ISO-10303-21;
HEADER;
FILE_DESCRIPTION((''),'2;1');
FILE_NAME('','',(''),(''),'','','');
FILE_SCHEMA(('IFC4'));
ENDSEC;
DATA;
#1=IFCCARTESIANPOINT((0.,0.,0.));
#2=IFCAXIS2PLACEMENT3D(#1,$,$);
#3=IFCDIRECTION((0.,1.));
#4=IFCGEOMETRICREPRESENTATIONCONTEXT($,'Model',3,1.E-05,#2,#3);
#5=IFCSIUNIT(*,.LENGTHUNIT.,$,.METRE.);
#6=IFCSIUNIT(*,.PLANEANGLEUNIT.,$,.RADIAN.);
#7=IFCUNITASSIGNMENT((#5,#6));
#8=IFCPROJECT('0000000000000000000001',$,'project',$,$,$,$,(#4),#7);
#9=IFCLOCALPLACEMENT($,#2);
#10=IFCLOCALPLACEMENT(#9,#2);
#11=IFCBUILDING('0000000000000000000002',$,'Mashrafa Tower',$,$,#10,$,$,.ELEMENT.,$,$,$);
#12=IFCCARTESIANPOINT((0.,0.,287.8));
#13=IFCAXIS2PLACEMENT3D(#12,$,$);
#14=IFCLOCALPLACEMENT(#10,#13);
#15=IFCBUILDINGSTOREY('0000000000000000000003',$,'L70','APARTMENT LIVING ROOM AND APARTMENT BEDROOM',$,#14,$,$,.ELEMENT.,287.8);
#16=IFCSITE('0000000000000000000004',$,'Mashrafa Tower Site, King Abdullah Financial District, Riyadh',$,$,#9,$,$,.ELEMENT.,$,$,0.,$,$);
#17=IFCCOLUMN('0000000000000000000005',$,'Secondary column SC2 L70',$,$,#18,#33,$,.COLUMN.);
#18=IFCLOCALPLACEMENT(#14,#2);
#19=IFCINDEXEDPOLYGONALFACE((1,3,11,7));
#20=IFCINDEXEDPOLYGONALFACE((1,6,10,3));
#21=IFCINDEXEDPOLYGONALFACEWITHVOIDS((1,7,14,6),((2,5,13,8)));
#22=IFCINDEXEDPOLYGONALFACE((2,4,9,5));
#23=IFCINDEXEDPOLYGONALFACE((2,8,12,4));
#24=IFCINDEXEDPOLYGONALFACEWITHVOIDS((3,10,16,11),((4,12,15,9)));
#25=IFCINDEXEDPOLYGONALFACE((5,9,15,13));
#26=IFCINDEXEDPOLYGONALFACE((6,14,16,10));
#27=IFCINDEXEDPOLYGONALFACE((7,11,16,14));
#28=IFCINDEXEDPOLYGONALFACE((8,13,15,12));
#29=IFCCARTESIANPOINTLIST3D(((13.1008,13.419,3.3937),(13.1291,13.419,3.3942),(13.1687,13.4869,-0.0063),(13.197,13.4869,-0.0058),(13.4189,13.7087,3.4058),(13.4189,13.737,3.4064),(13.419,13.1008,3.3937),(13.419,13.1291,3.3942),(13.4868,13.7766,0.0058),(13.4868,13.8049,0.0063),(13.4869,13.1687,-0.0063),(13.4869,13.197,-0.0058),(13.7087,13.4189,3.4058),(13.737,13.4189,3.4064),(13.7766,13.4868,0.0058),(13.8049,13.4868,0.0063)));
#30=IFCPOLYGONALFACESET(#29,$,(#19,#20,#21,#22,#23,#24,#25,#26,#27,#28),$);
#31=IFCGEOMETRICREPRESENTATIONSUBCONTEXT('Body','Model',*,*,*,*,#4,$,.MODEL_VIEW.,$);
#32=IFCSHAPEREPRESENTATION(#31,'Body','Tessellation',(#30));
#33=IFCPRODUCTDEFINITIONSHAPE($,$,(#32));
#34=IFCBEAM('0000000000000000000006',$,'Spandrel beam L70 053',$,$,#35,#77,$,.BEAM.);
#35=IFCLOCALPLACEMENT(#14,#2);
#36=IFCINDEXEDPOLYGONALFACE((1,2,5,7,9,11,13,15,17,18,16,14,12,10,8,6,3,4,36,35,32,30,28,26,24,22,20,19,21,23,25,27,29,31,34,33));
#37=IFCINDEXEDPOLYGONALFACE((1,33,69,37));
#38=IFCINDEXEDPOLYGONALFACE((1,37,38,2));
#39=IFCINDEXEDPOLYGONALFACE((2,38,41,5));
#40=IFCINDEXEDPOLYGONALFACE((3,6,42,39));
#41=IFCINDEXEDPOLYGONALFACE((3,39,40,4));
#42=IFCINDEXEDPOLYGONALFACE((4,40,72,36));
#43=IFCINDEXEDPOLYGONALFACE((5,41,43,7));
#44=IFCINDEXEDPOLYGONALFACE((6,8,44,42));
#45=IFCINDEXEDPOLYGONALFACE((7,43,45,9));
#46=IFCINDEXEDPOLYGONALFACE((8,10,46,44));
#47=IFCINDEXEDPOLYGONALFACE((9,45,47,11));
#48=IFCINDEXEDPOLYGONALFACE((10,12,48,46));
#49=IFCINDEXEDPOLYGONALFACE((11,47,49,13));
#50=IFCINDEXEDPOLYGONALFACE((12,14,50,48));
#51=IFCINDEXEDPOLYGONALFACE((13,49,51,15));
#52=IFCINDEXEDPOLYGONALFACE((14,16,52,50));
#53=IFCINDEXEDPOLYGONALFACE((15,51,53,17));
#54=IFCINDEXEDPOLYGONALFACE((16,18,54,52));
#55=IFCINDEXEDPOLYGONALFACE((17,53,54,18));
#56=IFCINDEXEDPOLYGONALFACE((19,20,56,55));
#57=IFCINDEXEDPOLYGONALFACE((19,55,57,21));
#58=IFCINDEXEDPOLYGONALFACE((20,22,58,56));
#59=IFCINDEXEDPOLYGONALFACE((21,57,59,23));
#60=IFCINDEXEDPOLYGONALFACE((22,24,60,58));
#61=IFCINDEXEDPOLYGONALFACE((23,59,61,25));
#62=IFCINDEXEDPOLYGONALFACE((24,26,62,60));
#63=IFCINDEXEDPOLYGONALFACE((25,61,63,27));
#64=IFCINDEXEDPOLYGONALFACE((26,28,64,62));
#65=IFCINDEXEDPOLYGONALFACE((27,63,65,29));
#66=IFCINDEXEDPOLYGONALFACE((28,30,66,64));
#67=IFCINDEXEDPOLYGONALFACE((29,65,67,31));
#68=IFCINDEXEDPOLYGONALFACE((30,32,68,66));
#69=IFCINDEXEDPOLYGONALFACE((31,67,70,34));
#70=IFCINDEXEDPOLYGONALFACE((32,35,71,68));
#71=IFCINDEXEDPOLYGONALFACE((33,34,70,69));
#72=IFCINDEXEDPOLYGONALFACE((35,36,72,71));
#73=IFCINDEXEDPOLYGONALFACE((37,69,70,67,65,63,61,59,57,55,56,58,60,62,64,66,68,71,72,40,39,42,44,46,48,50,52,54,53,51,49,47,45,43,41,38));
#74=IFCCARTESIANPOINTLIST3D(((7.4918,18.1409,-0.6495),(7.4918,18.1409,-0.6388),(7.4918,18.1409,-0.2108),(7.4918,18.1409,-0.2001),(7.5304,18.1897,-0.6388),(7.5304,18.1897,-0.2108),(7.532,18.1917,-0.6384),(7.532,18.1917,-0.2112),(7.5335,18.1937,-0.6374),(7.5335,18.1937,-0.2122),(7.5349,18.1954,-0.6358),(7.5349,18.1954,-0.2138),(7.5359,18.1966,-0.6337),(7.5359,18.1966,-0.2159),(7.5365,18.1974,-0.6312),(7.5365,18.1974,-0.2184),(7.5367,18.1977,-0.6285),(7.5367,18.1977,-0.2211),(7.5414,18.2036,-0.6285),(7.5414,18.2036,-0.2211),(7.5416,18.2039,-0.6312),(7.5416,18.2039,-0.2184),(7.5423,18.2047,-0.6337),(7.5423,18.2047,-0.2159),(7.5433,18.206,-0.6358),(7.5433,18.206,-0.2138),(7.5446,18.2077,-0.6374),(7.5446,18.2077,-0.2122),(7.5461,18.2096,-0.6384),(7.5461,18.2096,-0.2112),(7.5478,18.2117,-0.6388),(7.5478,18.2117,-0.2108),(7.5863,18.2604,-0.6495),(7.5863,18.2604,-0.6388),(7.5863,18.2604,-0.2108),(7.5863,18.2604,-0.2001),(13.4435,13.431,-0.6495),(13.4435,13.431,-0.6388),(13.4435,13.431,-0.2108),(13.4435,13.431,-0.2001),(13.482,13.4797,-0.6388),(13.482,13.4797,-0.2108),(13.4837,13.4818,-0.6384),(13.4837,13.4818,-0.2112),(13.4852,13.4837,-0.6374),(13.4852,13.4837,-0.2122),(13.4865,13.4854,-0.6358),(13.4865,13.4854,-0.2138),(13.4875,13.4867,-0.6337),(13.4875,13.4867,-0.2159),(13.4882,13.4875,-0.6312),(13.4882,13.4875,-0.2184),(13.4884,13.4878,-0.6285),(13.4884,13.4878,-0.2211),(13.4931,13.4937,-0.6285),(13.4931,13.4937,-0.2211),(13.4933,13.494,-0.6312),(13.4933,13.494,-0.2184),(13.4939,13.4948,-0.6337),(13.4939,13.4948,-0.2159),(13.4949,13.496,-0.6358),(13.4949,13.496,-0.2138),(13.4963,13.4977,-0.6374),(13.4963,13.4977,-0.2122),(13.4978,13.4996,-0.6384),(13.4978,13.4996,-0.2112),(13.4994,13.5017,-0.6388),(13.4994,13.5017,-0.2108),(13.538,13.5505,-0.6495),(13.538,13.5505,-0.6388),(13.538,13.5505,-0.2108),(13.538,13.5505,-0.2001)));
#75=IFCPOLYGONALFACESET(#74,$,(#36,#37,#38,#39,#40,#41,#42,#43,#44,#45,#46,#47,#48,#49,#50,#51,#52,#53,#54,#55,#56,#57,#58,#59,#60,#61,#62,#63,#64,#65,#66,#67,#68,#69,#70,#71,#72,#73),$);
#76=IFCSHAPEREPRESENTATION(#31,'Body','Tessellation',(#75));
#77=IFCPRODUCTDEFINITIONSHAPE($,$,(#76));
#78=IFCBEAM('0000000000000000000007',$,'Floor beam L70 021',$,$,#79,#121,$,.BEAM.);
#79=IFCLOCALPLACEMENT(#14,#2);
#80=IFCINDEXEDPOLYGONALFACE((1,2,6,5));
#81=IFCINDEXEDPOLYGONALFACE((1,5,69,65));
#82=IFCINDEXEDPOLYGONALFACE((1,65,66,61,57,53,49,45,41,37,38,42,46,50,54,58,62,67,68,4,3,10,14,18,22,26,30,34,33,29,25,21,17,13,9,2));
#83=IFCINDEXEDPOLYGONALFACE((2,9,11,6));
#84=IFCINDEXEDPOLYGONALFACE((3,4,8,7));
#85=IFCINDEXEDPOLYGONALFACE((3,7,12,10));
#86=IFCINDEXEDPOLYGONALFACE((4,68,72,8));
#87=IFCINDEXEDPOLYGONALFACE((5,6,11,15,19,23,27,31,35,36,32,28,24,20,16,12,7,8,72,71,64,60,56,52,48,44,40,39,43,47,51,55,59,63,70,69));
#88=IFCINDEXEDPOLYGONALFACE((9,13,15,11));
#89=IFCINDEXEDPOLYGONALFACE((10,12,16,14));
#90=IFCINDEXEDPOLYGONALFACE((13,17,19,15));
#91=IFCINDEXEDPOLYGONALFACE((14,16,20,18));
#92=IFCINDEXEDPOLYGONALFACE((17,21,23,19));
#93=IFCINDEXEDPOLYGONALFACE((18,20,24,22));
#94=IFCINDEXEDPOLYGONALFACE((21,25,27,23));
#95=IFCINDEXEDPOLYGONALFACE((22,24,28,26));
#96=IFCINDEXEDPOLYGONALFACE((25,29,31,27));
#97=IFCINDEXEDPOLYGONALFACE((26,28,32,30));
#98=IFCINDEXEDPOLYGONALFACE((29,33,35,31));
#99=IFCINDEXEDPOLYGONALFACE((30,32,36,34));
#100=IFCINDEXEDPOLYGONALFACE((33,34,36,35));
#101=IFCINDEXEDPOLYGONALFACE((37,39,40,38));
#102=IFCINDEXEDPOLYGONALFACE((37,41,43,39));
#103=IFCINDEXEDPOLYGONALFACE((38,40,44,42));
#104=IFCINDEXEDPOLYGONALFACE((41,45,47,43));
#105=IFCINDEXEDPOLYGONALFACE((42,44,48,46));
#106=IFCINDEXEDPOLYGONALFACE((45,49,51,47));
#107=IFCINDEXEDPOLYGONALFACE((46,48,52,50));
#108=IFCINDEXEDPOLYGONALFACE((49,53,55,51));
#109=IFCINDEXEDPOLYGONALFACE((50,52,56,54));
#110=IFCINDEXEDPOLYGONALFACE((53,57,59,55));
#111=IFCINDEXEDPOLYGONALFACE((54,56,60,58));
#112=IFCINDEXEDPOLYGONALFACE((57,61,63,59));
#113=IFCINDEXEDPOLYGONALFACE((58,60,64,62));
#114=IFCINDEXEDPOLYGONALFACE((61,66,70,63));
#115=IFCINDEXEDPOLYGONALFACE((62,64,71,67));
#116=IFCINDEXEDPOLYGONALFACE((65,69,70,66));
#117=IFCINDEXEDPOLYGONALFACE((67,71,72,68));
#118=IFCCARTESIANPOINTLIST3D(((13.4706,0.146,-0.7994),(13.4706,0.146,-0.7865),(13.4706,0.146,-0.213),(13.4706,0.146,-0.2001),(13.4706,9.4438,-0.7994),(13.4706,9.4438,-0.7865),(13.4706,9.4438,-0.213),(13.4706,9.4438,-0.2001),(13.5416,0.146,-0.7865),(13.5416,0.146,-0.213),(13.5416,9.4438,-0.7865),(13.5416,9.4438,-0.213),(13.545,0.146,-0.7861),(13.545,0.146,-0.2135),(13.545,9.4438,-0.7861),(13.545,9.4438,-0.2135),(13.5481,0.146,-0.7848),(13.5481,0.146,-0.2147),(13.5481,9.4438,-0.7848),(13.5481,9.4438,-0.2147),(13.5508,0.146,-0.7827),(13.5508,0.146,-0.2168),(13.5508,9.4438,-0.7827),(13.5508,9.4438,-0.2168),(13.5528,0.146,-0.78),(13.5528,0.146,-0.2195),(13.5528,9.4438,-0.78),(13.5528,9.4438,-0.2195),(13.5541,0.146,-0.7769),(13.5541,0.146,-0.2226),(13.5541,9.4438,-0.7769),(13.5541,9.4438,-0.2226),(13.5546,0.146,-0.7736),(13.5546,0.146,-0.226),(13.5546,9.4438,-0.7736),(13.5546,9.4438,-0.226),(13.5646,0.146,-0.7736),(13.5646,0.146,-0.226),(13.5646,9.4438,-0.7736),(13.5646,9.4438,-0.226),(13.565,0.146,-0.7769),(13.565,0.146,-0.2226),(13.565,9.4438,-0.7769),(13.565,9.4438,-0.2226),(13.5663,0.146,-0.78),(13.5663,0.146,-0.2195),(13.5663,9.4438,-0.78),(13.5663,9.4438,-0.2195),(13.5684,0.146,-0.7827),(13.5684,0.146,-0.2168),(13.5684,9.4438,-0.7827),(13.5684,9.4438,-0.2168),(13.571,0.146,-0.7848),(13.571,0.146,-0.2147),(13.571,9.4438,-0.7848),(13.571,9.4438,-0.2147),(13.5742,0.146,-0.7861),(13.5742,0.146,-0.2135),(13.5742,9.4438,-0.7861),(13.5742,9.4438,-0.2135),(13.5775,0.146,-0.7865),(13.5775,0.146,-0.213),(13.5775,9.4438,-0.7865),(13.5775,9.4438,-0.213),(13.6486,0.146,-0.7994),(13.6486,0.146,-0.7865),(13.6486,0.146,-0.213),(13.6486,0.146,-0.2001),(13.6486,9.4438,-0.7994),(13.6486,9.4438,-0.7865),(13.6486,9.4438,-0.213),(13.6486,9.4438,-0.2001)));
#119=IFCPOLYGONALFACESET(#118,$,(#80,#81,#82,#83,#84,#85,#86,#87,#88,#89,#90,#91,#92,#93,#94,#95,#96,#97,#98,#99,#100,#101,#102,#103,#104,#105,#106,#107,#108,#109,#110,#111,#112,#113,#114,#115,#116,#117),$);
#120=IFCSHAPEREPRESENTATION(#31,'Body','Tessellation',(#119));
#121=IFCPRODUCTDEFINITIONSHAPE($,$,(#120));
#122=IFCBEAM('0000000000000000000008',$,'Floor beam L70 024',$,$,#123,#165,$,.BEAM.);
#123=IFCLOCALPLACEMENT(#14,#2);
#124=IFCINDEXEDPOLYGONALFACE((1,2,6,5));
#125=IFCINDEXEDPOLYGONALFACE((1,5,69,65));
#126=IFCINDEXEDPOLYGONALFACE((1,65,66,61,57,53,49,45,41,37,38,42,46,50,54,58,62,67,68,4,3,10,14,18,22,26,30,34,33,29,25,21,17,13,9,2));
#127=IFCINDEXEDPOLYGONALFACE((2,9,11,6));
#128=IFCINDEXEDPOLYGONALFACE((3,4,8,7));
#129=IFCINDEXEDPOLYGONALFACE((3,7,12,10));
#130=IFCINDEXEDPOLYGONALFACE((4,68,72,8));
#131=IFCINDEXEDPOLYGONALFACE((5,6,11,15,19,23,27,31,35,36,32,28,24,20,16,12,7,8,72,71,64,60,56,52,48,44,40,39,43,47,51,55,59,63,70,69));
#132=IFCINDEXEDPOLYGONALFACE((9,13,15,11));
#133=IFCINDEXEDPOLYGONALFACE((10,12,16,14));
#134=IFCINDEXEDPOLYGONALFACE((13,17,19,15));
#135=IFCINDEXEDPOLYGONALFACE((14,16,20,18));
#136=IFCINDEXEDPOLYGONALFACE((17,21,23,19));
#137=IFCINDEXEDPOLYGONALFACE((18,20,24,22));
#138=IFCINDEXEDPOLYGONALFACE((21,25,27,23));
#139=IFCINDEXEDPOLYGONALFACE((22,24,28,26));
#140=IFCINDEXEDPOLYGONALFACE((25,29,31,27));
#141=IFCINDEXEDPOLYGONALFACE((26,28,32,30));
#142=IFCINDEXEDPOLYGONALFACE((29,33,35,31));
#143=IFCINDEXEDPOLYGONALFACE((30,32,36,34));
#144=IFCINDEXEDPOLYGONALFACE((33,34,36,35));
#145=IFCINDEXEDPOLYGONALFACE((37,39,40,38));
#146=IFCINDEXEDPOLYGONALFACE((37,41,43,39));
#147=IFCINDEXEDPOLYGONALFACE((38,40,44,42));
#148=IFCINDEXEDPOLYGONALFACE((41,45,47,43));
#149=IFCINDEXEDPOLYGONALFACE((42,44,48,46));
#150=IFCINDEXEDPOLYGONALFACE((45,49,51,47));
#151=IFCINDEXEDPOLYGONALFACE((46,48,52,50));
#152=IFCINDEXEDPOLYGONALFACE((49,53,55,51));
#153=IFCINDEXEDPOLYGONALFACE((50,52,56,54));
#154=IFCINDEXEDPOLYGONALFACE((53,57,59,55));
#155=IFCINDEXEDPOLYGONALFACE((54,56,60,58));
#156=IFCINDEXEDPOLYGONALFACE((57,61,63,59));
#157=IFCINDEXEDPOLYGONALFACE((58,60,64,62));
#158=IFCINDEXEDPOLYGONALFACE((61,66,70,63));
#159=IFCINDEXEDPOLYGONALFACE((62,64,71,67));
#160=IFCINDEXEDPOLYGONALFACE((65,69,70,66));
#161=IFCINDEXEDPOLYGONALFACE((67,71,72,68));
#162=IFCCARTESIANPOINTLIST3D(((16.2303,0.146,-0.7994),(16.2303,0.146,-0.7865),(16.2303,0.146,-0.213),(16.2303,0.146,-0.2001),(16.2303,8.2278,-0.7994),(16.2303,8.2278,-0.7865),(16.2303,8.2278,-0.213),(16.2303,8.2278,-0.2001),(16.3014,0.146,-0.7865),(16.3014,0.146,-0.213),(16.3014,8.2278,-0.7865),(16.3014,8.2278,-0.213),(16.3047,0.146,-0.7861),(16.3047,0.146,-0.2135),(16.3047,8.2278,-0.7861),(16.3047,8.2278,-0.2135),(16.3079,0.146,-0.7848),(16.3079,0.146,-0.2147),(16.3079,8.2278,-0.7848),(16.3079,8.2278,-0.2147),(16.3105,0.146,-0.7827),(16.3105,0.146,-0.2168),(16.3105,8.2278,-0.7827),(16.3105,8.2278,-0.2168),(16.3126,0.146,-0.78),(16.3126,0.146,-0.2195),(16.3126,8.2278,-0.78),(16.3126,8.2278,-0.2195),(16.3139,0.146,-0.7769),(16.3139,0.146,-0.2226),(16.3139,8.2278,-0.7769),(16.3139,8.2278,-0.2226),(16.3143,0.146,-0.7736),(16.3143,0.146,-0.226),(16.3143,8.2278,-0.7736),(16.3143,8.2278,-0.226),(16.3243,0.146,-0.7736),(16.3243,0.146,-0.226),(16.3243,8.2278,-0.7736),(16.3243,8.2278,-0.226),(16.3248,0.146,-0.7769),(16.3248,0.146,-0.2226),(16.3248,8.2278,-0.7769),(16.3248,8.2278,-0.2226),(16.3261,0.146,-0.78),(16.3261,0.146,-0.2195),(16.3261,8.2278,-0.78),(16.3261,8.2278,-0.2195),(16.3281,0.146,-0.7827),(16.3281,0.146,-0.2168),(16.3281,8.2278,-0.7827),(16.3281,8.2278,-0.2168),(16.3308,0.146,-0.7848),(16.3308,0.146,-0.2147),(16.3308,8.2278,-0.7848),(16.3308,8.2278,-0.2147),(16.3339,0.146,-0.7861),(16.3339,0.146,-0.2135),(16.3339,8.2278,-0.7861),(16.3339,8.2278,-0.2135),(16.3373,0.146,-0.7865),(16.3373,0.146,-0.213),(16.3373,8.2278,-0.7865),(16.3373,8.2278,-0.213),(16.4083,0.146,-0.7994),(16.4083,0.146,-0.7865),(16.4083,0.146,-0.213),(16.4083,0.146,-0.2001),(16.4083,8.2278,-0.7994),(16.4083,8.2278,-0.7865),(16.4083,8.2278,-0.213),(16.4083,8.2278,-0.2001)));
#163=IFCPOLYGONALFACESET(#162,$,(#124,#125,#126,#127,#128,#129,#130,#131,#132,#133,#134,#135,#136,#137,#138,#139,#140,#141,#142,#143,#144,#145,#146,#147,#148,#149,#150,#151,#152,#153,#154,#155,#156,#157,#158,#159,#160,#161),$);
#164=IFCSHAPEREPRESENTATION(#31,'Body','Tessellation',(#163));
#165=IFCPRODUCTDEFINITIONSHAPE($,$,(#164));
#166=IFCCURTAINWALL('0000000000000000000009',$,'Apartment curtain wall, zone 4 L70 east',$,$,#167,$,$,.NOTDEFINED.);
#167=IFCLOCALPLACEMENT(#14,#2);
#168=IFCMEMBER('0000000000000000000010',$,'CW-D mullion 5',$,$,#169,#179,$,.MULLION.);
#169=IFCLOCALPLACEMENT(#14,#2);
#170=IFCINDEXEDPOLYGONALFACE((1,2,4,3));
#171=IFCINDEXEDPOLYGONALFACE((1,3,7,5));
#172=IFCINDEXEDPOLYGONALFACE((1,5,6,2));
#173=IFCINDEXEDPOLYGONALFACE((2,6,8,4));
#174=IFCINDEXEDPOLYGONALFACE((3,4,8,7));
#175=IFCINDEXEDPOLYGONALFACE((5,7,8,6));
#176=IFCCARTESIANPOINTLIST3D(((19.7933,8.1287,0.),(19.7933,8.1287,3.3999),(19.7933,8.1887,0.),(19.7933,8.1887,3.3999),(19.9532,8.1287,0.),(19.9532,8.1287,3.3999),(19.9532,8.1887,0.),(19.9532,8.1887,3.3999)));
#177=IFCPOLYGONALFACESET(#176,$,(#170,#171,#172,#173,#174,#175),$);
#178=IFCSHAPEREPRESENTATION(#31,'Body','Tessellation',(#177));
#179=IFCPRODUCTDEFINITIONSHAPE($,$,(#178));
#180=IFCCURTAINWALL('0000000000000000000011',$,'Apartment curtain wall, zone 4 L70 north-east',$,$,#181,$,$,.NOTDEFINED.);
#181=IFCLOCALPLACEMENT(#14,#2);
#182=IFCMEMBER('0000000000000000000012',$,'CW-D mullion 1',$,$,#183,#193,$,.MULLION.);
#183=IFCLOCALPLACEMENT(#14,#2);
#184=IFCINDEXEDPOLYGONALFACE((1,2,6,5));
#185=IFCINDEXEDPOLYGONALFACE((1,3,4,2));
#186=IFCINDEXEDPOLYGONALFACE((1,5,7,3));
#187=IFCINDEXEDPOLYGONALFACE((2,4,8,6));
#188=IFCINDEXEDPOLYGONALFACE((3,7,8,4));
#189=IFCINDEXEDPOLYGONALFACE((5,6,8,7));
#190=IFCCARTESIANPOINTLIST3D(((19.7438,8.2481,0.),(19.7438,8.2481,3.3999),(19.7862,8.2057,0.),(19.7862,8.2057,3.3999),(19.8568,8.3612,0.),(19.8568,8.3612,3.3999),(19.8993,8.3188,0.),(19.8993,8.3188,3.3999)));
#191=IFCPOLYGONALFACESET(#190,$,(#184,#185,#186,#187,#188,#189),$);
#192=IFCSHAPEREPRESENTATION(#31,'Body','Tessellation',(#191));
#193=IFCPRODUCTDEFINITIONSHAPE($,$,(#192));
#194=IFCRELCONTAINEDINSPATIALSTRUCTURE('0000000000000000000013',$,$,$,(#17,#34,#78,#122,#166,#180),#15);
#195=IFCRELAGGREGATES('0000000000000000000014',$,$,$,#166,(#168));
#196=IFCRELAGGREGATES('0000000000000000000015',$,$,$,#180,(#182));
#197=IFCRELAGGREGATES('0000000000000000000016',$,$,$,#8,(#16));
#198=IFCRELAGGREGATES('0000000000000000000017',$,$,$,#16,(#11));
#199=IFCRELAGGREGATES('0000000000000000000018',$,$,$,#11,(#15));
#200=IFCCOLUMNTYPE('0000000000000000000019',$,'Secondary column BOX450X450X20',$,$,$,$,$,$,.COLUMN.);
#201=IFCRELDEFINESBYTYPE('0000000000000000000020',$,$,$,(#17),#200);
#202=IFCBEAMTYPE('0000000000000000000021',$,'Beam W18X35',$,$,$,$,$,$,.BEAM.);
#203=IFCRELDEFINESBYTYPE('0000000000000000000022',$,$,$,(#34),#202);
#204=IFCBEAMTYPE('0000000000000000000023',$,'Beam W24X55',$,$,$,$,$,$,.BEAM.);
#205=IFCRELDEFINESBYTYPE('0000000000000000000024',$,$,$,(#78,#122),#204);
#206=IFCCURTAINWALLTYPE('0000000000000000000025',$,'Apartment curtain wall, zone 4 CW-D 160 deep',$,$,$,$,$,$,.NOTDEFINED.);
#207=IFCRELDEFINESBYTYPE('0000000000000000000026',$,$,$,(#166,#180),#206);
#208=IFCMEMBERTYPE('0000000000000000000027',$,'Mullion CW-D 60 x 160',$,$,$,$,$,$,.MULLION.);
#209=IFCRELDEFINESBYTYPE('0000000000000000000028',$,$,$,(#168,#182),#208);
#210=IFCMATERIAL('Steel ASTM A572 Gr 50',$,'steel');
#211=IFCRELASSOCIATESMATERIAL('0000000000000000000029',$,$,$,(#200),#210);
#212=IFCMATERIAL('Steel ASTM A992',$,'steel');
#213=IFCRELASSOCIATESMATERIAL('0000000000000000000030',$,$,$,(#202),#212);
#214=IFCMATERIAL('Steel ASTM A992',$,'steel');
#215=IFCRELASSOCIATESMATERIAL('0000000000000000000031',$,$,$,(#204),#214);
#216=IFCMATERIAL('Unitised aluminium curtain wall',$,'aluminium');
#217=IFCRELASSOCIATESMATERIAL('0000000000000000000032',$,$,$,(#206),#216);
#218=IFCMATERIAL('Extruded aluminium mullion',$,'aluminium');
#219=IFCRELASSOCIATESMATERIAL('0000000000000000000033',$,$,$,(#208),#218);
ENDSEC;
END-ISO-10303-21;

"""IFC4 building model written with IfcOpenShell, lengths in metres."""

from ifc_helpers import new_model, si_unit, direction, frame, origin, origin_2d, place, context, subcontext, project, spatial, rectangle, hollow_rectangle, i_section, extrude, source, transform, mapped, material, material_profile, profile_set, type_object, type_shapes, element, aggregate, save


model = new_model("IFC4")

# Units and contexts
model_context = context("Model", 3, precision=1e-05, world=origin(), true_north=direction((0.0, 1.0)))
body_context = subcontext(model_context, "Body", "Model", "MODEL_VIEW")
ifc_project = project(units=[si_unit("LENGTHUNIT", "METRE"), si_unit("PLANEANGLEUNIT", "RADIAN")], contexts=[model_context])

# Site, building, storey
site_placement = place(None, origin())
site = spatial("IfcSite", under=ifc_project, at=site_placement, Name="Mashrafa Tower Site, King Abdullah Financial District, Riyadh", CompositionType="ELEMENT", RefElevation=0.0)
building_placement = place(site_placement, origin())
building = spatial("IfcBuilding", under=site, at=building_placement, Name="Mashrafa Tower", CompositionType="ELEMENT")
storey_placement = place(building_placement, frame((0.0, 0.0, 287.8)))
storey = spatial("IfcBuildingStorey", under=building, at=storey_placement, Name="L70", Description="APARTMENT LIVING ROOM AND APARTMENT BEDROOM", CompositionType="ELEMENT", Elevation=287.8)

# Column
ifc_material_1 = material(Name="Steel ASTM A572 Gr 50", Category="steel")
ifc_material_profile_1 = material_profile(ifc_material_1, hollow_rectangle(XDim=0.45, YDim=0.45, WallThickness=0.02, at=origin_2d()), Name="BOX450X450X20")
ifc_profile_set_1 = profile_set([ifc_material_profile_1], Name="Steel ASTM A572 Gr 50")
column_type = type_object("IfcColumnType", Name="Secondary column BOX450X450X20", PredefinedType="COLUMN", material=ifc_profile_set_1)
column_placement = place(storey_placement, frame((13.4868, 13.4868, 0.0), z_axis=(-0.019955, -0.019955, 0.999602), x_axis=(0.707107, -0.707107, 0.0)))
element("IfcColumn", 1, at=column_placement, inside=storey, type_object=column_type, Name="Secondary column SC2 L70", PredefinedType="COLUMN", context=body_context, shape_type="SweptSolid", body=[
    extrude(hollow_rectangle(XDim=0.45, YDim=0.45, WallThickness=0.02, at=origin_2d()), origin(), (0.0, 0.0, 1.0), 3.4014),
])

# Beams
ifc_material_2 = material(Name="Steel ASTM A992", Category="steel")
ifc_material_profile_2 = material_profile(ifc_material_2, i_section(OverallWidth=0.1523, OverallDepth=0.4495, WebThickness=0.0076, FlangeThickness=0.0107, FilletRadius=0.0103, at=origin_2d()), Name="W18X35")
ifc_profile_set_2 = profile_set([ifc_material_profile_2], Name="Steel ASTM A992")
beam_type_1 = type_object("IfcBeamType", Name="Beam W18X35", PredefinedType="BEAM", material=ifc_profile_set_2)
beam_1_placement = place(storey_placement, frame((13.4907, 13.4907, -0.4248), z_axis=(-0.784159, 0.62056, 0.0), x_axis=(-0.62056, -0.784159, 0.0)))
element("IfcBeam", 2, at=beam_1_placement, inside=storey, type_object=beam_type_1, Name="Spandrel beam L70 053", PredefinedType="BEAM", context=body_context, shape_type="SweptSolid", body=[
    extrude(i_section(OverallWidth=0.1523, OverallDepth=0.4495, WebThickness=0.0076, FlangeThickness=0.0107, FilletRadius=0.0103, at=origin_2d()), origin(), (0.0, 0.0, 1.0), 7.5898),
])
ifc_material_3 = material(Name="Steel ASTM A992", Category="steel")
ifc_material_profile_3 = material_profile(ifc_material_3, i_section(OverallWidth=0.178, OverallDepth=0.5994, WebThickness=0.01, FlangeThickness=0.0129, FilletRadius=0.0129, at=origin_2d()), Name="W24X55")
ifc_profile_set_3 = profile_set([ifc_material_profile_3], Name="Steel ASTM A992")
beam_type_2 = type_object("IfcBeamType", Name="Beam W24X55", PredefinedType="BEAM", material=ifc_profile_set_3)
beam_2_placement = place(storey_placement, frame((13.5596, 9.4438, -0.4998), z_axis=(0.0, -1.0, 0.0), x_axis=(1.0, 0.0, 0.0)))
element("IfcBeam", 3, at=beam_2_placement, inside=storey, type_object=beam_type_2, Name="Floor beam L70 021", PredefinedType="BEAM", context=body_context, shape_type="SweptSolid", body=[
    extrude(i_section(OverallWidth=0.178, OverallDepth=0.5994, WebThickness=0.01, FlangeThickness=0.0129, FilletRadius=0.0129, at=origin_2d()), origin(), (0.0, 0.0, 1.0), 9.2979),
])
beam_3_placement = place(storey_placement, frame((16.3193, 8.2278, -0.4998), z_axis=(0.0, -1.0, 0.0), x_axis=(1.0, 0.0, 0.0)))
element("IfcBeam", 4, at=beam_3_placement, inside=storey, type_object=beam_type_2, Name="Floor beam L70 024", PredefinedType="BEAM", context=body_context, shape_type="SweptSolid", body=[
    extrude(i_section(OverallWidth=0.178, OverallDepth=0.5994, WebThickness=0.01, FlangeThickness=0.0129, FilletRadius=0.0129, at=origin_2d()), origin(), (0.0, 0.0, 1.0), 8.0818),
])

# Curtain wall, member
ifc_material_4 = material(Name="Unitised aluminium curtain wall", Category="aluminium")
curtain_wall_type = type_object("IfcCurtainWallType", Name="Apartment curtain wall, zone 4 CW-D 160 deep", PredefinedType="NOTDEFINED", material=ifc_material_4)
curtain_wall_1_placement = place(storey_placement, origin())
curtain_wall_1 = element("IfcCurtainWall", 5, at=curtain_wall_1_placement, inside=storey, type_object=curtain_wall_type, Name="Apartment curtain wall, zone 4 L70 east", PredefinedType="NOTDEFINED")
ifc_material_5 = material(Name="Extruded aluminium mullion", Category="aluminium")
ifc_material_profile_4 = material_profile(ifc_material_5, rectangle(XDim=0.1599, YDim=0.0601, at=origin_2d()), Name="Mullion 60x160")
ifc_profile_set_4 = profile_set([ifc_material_profile_4], Name="Extruded aluminium mullion")
member_type_1 = type_object("IfcMemberType", Name="Mullion CW-D 60 x 160", PredefinedType="MULLION", material=ifc_profile_set_4)
shared_shape_1 = source(origin(), body_context, "Body", "SweptSolid", [
    extrude(rectangle(XDim=0.1599, YDim=0.0601, at=origin_2d()), origin(), (0.0, 0.0, 1.0), 3.3999),
])
type_shapes(member_type_1, [shared_shape_1])
member_1_placement = place(storey_placement, frame((19.8733, 8.1587, 0.0), z_axis=(0.0, 0.0, 1.0), x_axis=(-1.0, 0.0, 0.0)))
member_1 = element("IfcMember", 6, at=member_1_placement, type_object=member_type_1, Name="CW-D mullion 5", PredefinedType="MULLION", context=body_context, shape_type="MappedRepresentation", body=[
    mapped(shared_shape_1, transform((0.0, 0.0, 0.0))),
])
aggregate(curtain_wall_1, [member_1])

# Curtain wall, member
curtain_wall_2_placement = place(storey_placement, origin())
curtain_wall_2 = element("IfcCurtainWall", 7, at=curtain_wall_2_placement, inside=storey, type_object=curtain_wall_type, Name="Apartment curtain wall, zone 4 L70 north-east", PredefinedType="NOTDEFINED")
member_2_placement = place(storey_placement, frame((19.8215, 8.2834, 0.0), z_axis=(0.0, 0.0, 1.0), x_axis=(-0.707107, -0.707107, 0.0)))
member_2 = element("IfcMember", 8, at=member_2_placement, type_object=member_type_1, Name="CW-D mullion 1", PredefinedType="MULLION", context=body_context, shape_type="MappedRepresentation", body=[
    mapped(shared_shape_1, transform((0.0, 0.0, 0.0))),
])
aggregate(curtain_wall_2, [member_2])

save(model, "model.ifc")
